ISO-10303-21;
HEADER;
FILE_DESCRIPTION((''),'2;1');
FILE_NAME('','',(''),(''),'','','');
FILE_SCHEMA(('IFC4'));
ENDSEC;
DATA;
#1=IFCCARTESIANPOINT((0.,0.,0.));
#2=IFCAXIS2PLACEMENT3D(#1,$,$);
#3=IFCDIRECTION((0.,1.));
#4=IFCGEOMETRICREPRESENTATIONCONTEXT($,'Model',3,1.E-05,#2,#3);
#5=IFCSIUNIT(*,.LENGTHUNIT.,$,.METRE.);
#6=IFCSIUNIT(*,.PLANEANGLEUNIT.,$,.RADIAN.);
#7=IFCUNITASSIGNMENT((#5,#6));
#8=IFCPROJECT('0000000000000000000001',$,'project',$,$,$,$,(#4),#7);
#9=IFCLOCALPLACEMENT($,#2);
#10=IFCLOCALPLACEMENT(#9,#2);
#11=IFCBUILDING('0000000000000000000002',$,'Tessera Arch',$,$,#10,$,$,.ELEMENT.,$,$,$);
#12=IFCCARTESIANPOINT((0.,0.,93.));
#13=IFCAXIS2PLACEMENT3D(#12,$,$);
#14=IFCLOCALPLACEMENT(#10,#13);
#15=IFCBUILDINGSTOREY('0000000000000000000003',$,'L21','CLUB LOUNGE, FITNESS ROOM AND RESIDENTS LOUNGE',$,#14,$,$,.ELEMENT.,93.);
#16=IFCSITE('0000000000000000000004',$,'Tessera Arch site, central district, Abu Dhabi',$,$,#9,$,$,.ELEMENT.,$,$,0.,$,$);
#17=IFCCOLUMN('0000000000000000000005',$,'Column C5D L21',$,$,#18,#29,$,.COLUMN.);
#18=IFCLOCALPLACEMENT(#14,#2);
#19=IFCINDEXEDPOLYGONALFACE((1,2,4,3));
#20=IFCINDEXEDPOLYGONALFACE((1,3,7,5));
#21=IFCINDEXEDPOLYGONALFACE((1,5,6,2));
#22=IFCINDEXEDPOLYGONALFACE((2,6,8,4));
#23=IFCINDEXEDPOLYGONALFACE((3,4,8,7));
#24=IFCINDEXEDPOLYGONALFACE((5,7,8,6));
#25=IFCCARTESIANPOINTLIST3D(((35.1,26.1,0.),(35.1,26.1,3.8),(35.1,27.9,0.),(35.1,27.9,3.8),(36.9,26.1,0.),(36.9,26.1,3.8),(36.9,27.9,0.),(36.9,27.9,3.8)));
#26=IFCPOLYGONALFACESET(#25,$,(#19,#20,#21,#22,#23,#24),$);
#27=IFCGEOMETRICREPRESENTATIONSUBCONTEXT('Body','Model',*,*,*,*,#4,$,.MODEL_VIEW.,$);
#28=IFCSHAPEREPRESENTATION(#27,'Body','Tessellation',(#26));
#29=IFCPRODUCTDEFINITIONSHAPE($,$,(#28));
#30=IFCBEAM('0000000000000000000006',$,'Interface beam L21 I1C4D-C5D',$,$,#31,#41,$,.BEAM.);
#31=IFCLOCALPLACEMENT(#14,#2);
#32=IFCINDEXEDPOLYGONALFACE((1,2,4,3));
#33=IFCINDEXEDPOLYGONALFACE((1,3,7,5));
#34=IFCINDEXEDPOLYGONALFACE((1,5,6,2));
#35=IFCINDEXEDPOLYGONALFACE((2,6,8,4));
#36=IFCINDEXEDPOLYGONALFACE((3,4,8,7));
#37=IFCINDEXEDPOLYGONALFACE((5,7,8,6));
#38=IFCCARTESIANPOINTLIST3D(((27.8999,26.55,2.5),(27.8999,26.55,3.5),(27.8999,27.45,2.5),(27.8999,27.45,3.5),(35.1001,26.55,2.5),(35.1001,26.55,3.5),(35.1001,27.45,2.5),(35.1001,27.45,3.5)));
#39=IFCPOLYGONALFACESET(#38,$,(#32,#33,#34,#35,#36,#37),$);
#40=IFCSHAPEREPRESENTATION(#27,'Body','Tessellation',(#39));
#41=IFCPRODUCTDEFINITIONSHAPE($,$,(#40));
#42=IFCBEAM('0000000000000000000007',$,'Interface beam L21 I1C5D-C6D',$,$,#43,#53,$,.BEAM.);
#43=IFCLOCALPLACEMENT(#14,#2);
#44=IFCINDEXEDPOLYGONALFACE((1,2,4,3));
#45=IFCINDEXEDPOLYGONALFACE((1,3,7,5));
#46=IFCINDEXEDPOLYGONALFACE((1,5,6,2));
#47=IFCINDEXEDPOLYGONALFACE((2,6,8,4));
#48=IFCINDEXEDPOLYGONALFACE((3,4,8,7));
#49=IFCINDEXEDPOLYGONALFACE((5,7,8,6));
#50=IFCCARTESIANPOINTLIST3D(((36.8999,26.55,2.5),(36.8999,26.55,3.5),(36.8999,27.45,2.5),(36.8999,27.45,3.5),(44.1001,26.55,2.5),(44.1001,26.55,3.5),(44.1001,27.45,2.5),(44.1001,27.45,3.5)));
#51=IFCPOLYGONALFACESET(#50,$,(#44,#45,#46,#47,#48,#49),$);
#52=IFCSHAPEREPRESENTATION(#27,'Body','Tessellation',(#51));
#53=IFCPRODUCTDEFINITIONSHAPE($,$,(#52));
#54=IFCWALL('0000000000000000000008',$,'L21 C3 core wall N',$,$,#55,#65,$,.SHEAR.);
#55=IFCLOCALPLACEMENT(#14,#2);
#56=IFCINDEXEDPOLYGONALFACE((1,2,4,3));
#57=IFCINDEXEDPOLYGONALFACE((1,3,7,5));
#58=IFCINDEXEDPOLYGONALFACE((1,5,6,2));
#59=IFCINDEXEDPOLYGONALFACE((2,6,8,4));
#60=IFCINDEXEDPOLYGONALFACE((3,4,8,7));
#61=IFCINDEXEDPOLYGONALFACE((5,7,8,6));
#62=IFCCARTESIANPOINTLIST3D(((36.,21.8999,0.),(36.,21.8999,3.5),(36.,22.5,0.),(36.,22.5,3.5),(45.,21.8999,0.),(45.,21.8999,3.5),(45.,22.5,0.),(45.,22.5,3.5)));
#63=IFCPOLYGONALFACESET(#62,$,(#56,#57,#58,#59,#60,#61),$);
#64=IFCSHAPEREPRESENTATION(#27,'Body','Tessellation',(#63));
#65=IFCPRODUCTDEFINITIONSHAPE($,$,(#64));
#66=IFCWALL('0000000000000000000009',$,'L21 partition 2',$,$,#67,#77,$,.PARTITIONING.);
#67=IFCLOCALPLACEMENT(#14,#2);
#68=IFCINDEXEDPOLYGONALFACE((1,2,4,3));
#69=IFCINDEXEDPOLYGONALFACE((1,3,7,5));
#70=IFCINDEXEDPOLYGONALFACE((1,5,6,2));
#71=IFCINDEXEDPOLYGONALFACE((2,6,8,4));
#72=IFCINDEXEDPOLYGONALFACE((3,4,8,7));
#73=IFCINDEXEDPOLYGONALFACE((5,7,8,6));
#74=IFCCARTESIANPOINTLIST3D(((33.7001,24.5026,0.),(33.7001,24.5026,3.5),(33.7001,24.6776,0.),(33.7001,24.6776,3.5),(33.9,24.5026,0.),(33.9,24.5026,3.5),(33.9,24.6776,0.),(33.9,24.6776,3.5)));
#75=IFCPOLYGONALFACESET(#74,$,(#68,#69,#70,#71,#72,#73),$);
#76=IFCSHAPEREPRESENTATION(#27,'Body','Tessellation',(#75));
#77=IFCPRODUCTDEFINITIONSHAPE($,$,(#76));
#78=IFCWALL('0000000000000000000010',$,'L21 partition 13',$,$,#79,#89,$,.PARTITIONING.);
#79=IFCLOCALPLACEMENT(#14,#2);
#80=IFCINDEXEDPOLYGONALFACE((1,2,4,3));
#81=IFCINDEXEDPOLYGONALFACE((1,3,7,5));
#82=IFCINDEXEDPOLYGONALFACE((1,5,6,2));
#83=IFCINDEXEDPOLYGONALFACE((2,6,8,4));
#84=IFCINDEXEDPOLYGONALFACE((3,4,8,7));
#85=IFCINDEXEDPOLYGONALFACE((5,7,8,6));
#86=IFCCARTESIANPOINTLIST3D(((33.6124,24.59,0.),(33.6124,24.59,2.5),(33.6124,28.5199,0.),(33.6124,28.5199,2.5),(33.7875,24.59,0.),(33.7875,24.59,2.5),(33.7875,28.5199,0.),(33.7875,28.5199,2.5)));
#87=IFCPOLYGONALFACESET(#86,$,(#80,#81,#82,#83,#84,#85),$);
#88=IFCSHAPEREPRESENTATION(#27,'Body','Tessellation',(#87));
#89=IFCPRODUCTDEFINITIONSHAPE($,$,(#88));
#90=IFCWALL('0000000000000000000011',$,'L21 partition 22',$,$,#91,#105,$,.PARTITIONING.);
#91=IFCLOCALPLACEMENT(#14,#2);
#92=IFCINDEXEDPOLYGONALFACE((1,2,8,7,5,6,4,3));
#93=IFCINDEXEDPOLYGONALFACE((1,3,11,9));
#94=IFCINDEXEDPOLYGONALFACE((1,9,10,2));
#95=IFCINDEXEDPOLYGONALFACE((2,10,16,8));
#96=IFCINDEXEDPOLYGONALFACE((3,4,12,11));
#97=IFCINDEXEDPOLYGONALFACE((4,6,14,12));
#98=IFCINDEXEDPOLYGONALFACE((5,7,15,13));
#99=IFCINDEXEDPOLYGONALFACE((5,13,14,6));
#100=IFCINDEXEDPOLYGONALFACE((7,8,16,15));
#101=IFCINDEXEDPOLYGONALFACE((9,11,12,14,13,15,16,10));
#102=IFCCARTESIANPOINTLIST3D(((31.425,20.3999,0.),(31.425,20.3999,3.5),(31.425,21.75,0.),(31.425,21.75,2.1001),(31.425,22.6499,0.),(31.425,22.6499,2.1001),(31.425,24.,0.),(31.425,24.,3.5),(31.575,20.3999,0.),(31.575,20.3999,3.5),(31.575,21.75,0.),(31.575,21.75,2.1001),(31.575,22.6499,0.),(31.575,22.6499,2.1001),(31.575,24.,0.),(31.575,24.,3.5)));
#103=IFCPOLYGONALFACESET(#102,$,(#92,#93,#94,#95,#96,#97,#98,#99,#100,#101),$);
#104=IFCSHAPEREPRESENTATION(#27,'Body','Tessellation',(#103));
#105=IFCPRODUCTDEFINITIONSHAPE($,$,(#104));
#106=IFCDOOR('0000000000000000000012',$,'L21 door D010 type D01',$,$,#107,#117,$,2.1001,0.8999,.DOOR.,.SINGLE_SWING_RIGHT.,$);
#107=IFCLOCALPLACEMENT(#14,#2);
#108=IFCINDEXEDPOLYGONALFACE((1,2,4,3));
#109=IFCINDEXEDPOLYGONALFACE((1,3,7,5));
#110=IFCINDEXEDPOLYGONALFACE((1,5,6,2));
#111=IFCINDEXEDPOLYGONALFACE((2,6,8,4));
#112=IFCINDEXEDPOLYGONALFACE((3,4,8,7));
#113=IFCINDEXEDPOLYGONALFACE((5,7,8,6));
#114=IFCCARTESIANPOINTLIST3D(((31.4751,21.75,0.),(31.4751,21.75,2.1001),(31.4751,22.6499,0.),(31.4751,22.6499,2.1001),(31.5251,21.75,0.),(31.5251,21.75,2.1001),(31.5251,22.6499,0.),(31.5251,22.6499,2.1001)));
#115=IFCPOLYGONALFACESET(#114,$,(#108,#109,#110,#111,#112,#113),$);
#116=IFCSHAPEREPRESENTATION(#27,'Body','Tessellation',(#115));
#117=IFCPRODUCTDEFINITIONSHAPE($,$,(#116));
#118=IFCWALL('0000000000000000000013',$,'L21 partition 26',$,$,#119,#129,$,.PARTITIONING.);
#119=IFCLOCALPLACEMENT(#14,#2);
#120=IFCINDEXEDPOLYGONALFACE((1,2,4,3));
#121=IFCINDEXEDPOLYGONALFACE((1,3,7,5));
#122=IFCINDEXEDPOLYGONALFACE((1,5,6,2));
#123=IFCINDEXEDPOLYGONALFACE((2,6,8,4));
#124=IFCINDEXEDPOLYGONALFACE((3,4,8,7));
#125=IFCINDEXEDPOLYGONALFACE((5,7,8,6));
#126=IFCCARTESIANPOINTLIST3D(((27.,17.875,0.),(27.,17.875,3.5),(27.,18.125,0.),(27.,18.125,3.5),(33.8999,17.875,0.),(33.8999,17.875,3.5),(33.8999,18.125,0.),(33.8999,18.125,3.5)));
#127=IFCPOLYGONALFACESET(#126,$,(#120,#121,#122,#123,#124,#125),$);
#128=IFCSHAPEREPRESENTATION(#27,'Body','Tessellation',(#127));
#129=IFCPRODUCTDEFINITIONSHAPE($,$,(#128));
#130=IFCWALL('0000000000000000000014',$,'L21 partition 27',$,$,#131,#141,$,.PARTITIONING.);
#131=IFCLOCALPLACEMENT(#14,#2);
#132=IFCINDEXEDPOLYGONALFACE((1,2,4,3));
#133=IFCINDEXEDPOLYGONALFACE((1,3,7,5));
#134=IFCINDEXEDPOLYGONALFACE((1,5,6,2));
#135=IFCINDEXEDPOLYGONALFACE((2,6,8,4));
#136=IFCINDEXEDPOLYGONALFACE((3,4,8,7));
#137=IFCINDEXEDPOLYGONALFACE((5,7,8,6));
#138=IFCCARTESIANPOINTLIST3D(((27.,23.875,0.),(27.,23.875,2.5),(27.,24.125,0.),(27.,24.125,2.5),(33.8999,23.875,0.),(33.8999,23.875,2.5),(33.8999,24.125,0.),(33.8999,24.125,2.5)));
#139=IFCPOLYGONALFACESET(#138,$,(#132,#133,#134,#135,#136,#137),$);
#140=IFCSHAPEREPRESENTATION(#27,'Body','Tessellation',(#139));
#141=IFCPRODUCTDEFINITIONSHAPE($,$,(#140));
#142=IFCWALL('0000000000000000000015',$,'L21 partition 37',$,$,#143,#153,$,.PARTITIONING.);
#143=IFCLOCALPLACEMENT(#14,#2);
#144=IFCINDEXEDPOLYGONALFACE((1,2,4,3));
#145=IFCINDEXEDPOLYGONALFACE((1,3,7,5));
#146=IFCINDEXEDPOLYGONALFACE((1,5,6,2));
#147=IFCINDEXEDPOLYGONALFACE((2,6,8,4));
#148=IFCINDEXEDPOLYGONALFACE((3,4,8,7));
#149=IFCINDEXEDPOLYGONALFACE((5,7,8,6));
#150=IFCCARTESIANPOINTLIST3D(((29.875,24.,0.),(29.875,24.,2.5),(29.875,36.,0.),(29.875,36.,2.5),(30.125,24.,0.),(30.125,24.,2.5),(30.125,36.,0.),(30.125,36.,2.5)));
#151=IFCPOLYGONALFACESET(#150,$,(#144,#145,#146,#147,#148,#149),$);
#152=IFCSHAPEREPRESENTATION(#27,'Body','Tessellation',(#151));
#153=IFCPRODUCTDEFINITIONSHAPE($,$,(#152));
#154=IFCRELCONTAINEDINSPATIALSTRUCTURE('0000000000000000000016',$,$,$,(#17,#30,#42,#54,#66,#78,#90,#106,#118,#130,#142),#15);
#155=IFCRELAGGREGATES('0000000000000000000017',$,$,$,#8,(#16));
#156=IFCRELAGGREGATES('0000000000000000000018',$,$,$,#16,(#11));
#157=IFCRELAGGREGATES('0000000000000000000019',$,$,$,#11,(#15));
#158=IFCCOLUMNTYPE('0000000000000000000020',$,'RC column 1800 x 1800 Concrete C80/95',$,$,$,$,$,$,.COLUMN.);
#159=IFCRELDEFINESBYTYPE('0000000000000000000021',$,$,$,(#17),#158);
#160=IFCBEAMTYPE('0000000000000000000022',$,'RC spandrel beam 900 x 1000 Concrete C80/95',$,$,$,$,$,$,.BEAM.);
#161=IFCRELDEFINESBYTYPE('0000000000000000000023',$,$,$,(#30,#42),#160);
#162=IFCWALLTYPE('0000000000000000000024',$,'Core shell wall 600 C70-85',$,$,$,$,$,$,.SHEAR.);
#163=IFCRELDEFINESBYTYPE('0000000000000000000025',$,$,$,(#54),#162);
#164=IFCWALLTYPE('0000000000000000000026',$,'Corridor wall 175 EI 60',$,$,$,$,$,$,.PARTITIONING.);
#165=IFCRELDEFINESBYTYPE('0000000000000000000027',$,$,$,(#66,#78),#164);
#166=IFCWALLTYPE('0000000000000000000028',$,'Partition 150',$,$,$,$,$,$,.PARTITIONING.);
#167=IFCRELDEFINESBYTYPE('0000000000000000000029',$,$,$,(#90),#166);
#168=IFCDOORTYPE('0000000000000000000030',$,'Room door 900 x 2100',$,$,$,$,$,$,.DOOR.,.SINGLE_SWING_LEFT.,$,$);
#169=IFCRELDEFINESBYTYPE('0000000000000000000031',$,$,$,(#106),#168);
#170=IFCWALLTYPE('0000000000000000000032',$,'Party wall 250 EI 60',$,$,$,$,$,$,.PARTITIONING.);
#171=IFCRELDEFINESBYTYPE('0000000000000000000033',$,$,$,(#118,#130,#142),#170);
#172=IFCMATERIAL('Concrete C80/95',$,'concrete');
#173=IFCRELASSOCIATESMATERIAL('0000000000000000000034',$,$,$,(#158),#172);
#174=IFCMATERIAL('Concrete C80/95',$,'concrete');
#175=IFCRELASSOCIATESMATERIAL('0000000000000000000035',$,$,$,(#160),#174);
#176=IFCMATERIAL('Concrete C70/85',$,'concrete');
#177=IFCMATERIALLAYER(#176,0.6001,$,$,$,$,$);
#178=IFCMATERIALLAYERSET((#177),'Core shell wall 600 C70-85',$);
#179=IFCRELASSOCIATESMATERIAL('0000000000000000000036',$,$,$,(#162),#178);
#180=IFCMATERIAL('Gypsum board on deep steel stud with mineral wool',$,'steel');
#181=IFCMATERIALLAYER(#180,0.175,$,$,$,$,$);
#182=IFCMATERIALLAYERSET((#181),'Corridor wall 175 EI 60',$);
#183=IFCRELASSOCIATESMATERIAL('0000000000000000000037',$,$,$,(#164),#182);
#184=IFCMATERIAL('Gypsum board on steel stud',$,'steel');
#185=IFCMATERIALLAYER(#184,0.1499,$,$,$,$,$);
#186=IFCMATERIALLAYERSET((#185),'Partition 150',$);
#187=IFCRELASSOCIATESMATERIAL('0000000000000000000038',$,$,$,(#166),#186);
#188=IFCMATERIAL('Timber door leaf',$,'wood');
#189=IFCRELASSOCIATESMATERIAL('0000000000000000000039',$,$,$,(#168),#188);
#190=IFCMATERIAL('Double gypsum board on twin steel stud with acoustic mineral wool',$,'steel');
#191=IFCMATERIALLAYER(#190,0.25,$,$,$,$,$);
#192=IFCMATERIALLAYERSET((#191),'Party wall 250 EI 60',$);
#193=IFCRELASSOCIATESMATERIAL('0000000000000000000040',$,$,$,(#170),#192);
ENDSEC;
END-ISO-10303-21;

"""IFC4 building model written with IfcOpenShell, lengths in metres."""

from ifc_helpers import new_model, si_unit, direction, frame, frame_2d, origin, origin_2d, place, context, subcontext, project, spatial, rectangle, extrude, material, layer, layer_set, material_profile, profile_set, type_object, element, fill, save


model = new_model("IFC4")

# Units and contexts
model_context = context("Model", 3, precision=1e-05, world=origin(), true_north=direction((0.0, 1.0)))
body_context = subcontext(model_context, "Body", "Model", "MODEL_VIEW")
ifc_project = project(units=[si_unit("LENGTHUNIT", "METRE"), si_unit("PLANEANGLEUNIT", "RADIAN")], contexts=[model_context])

# Site, building, storey
site_placement = place(None, origin())
site = spatial("IfcSite", under=ifc_project, at=site_placement, Name="Tessera Arch site, central district, Abu Dhabi", CompositionType="ELEMENT", RefElevation=0.0)
building_placement = place(site_placement, origin())
building = spatial("IfcBuilding", under=site, at=building_placement, Name="Tessera Arch", CompositionType="ELEMENT")
storey_placement = place(building_placement, frame((0.0, 0.0, 93.0)))
storey = spatial("IfcBuildingStorey", under=building, at=storey_placement, Name="L21", Description="CLUB LOUNGE, FITNESS ROOM AND RESIDENTS LOUNGE", CompositionType="ELEMENT", Elevation=93.0)

# Column
ifc_material_1 = material(Name="Concrete C80/95", Category="concrete")
ifc_material_profile_1 = material_profile(ifc_material_1, rectangle(XDim=1.8, YDim=1.8, at=origin_2d()), Name="RC column 1800 x 1800 Concrete C80/95")
ifc_profile_set_1 = profile_set([ifc_material_profile_1], Name="Concrete C80/95")
column_type = type_object("IfcColumnType", Name="RC column 1800 x 1800 Concrete C80/95", PredefinedType="COLUMN", material=ifc_profile_set_1)
column_placement = place(storey_placement, frame((36.0, 27.0, 0.0), z_axis=(0.0, 0.0, 1.0), x_axis=(1.0, 0.0, 0.0)))
element("IfcColumn", 1, at=column_placement, inside=storey, type_object=column_type, Name="Column C5D L21", PredefinedType="COLUMN", context=body_context, shape_type="SweptSolid", body=[
    extrude(rectangle(XDim=1.8, YDim=1.8, at=origin_2d()), origin(), (0.0, 0.0, 1.0), 3.8),
])

# Beams
ifc_material_2 = material(Name="Concrete C80/95", Category="concrete")
ifc_material_profile_2 = material_profile(ifc_material_2, rectangle(XDim=0.8999, YDim=1.0, at=origin_2d()), Name="RC spandrel beam 900 x 1000 Concrete C80/95")
ifc_profile_set_2 = profile_set([ifc_material_profile_2], Name="Concrete C80/95")
beam_type = type_object("IfcBeamType", Name="RC spandrel beam 900 x 1000 Concrete C80/95", PredefinedType="BEAM", material=ifc_profile_set_2)
for number, where, z_axis, x_axis, name in (
    (2, (27.8999, 27.0, 3.0), (1.0, 0.0, 0.0), (0.0, 1.0, 0.0), "Interface beam L21 I1C4D-C5D"),
    (3, (36.8999, 27.0, 3.0), (1.0, 0.0, 0.0), (0.0, 1.0, 0.0), "Interface beam L21 I1C5D-C6D"),
):
    element("IfcBeam", number, at=place(storey_placement, frame(where, z_axis=z_axis, x_axis=x_axis)), inside=storey, type_object=beam_type, Name=name, PredefinedType="BEAM", context=body_context, shape_type="SweptSolid", body=[
        extrude(rectangle(XDim=0.8999, YDim=1.0, at=origin_2d()), origin(), (0.0, 0.0, 1.0), 7.2002),
    ])

# Walls
ifc_material_3 = material(Name="Concrete C70/85", Category="concrete")
ifc_layer_1 = layer(ifc_material_3, 0.6001)
ifc_layer_set_1 = layer_set([ifc_layer_1], Name="Core shell wall 600 C70-85")
wall_type_1 = type_object("IfcWallType", Name="Core shell wall 600 C70-85", PredefinedType="SHEAR", material=ifc_layer_set_1)
wall_1_placement = place(storey_placement, frame((36.0, 22.2, 0.0), z_axis=(0.0, 0.0, 1.0), x_axis=(1.0, 0.0, 0.0)))
element("IfcWall", 4, at=wall_1_placement, inside=storey, type_object=wall_type_1, Name="L21 C3 core wall N", PredefinedType="SHEAR", context=body_context, shape_type="SweptSolid", body=[
    extrude(rectangle(XDim=9.0, YDim=0.6001, at=frame_2d((4.5, 0.0))), origin(), (0.0, 0.0, 1.0), 3.5),
])
ifc_material_4 = material(Name="Gypsum board on deep steel stud with mineral wool", Category="steel")
ifc_layer_2 = layer(ifc_material_4, 0.175)
ifc_layer_set_2 = layer_set([ifc_layer_2], Name="Corridor wall 175 EI 60")
wall_type_2 = type_object("IfcWallType", Name="Corridor wall 175 EI 60", PredefinedType="PARTITIONING", material=ifc_layer_set_2)
wall_2_placement = place(storey_placement, frame((33.7, 24.5901, 0.0), z_axis=(0.0, 0.0, 1.0), x_axis=(1.0, 0.0, 0.0)))
element("IfcWall", 5, at=wall_2_placement, inside=storey, type_object=wall_type_2, Name="L21 partition 2", PredefinedType="PARTITIONING", context=body_context, shape_type="SweptSolid", body=[
    extrude(rectangle(XDim=0.2, YDim=0.175, at=frame_2d((0.1001, 0.0))), origin(), (0.0, 0.0, 1.0), 3.5),
])
wall_3_placement = place(storey_placement, frame((33.7, 24.5901, 0.0), z_axis=(0.0, 0.0, 1.0), x_axis=(0.0, 1.0, 0.0)))
element("IfcWall", 6, at=wall_3_placement, inside=storey, type_object=wall_type_2, Name="L21 partition 13", PredefinedType="PARTITIONING", context=body_context, shape_type="SweptSolid", body=[
    extrude(rectangle(XDim=3.9299, YDim=0.175, at=frame_2d((1.9648, 0.0))), origin(), (0.0, 0.0, 1.0), 2.5),
])

# Wall, opening, door
ifc_material_5 = material(Name="Gypsum board on steel stud", Category="steel")
ifc_layer_3 = layer(ifc_material_5, 0.1499)
ifc_layer_set_3 = layer_set([ifc_layer_3], Name="Partition 150")
wall_type_3 = type_object("IfcWallType", Name="Partition 150", PredefinedType="PARTITIONING", material=ifc_layer_set_3)
wall_4_placement = place(storey_placement, frame((31.5, 20.3999, 0.0), z_axis=(0.0, 0.0, 1.0), x_axis=(0.0, 1.0, 0.0)))
wall_4 = element("IfcWall", 7, at=wall_4_placement, inside=storey, type_object=wall_type_3, Name="L21 partition 22", PredefinedType="PARTITIONING", context=body_context, shape_type="SweptSolid", body=[
    extrude(rectangle(XDim=3.6001, YDim=0.1499, at=frame_2d((1.8, 0.0))), origin(), (0.0, 0.0, 1.0), 3.5),
])
opening_1_placement = place(wall_4_placement, frame((1.3501, 0.0, 0.0)))
opening_1 = element("IfcOpeningElement", 8, at=opening_1_placement, cuts=wall_4, PredefinedType="OPENING", context=body_context, shape_type="SweptSolid", body=[
    extrude(rectangle(XDim=0.8999, YDim=2.1001, at=frame_2d((0.45, 1.05))), frame((0.0, 0.085, 0.0), z_axis=(0.0, -1.0, 0.0), x_axis=(1.0, 0.0, 0.0)), (0.0, 0.0, 1.0), 0.1699),
])
ifc_material_6 = material(Name="Timber door leaf", Category="wood")
door_type_1 = type_object("IfcDoorType", Name="Room door 900 x 2100", OperationType="SINGLE_SWING_LEFT", PredefinedType="DOOR", material=ifc_material_6)
door_1_placement = place(opening_1_placement, origin())
door_1 = element("IfcDoor", 9, at=door_1_placement, inside=storey, type_object=door_type_1, Name="L21 door D010 type D01", OperationType="SINGLE_SWING_RIGHT", OverallHeight=2.1001, OverallWidth=0.8999, PredefinedType="DOOR", context=body_context, shape_type="SweptSolid", body=[
    extrude(rectangle(XDim=0.8999, YDim=2.1001, at=frame_2d((0.45, 1.05))), frame((0.0, 0.0249, 0.0), z_axis=(0.0, -1.0, 0.0), x_axis=(1.0, 0.0, 0.0)), (0.0, 0.0, 1.0), 0.05),
])
fill(opening_1, door_1)

# Walls
ifc_material_7 = material(Name="Double gypsum board on twin steel stud with acoustic mineral wool", Category="steel")
ifc_layer_4 = layer(ifc_material_7, 0.25)
ifc_layer_set_4 = layer_set([ifc_layer_4], Name="Party wall 250 EI 60")
wall_type_4 = type_object("IfcWallType", Name="Party wall 250 EI 60", PredefinedType="PARTITIONING", material=ifc_layer_set_4)
wall_5_placement = place(storey_placement, frame((27.0, 18.0, 0.0), z_axis=(0.0, 0.0, 1.0), x_axis=(1.0, 0.0, 0.0)))
element("IfcWall", 10, at=wall_5_placement, inside=storey, type_object=wall_type_4, Name="L21 partition 26", PredefinedType="PARTITIONING", context=body_context, shape_type="SweptSolid", body=[
    extrude(rectangle(XDim=6.8999, YDim=0.25, at=frame_2d((3.45, 0.0))), origin(), (0.0, 0.0, 1.0), 3.5),
])
wall_6_placement = place(storey_placement, frame((27.0, 24.0, 0.0), z_axis=(0.0, 0.0, 1.0), x_axis=(1.0, 0.0, 0.0)))
element("IfcWall", 11, at=wall_6_placement, inside=storey, type_object=wall_type_4, Name="L21 partition 27", PredefinedType="PARTITIONING", context=body_context, shape_type="SweptSolid", body=[
    extrude(rectangle(XDim=6.8999, YDim=0.25, at=frame_2d((3.45, 0.0))), origin(), (0.0, 0.0, 1.0), 2.5),
])
wall_7_placement = place(storey_placement, frame((30.0, 24.0, 0.0), z_axis=(0.0, 0.0, 1.0), x_axis=(0.0, 1.0, 0.0)))
element("IfcWall", 12, at=wall_7_placement, inside=storey, type_object=wall_type_4, Name="L21 partition 37", PredefinedType="PARTITIONING", context=body_context, shape_type="SweptSolid", body=[
    extrude(rectangle(XDim=12.0, YDim=0.25, at=frame_2d((6.0, 0.0))), origin(), (0.0, 0.0, 1.0), 2.5),
])

save(model, "model.ifc")
